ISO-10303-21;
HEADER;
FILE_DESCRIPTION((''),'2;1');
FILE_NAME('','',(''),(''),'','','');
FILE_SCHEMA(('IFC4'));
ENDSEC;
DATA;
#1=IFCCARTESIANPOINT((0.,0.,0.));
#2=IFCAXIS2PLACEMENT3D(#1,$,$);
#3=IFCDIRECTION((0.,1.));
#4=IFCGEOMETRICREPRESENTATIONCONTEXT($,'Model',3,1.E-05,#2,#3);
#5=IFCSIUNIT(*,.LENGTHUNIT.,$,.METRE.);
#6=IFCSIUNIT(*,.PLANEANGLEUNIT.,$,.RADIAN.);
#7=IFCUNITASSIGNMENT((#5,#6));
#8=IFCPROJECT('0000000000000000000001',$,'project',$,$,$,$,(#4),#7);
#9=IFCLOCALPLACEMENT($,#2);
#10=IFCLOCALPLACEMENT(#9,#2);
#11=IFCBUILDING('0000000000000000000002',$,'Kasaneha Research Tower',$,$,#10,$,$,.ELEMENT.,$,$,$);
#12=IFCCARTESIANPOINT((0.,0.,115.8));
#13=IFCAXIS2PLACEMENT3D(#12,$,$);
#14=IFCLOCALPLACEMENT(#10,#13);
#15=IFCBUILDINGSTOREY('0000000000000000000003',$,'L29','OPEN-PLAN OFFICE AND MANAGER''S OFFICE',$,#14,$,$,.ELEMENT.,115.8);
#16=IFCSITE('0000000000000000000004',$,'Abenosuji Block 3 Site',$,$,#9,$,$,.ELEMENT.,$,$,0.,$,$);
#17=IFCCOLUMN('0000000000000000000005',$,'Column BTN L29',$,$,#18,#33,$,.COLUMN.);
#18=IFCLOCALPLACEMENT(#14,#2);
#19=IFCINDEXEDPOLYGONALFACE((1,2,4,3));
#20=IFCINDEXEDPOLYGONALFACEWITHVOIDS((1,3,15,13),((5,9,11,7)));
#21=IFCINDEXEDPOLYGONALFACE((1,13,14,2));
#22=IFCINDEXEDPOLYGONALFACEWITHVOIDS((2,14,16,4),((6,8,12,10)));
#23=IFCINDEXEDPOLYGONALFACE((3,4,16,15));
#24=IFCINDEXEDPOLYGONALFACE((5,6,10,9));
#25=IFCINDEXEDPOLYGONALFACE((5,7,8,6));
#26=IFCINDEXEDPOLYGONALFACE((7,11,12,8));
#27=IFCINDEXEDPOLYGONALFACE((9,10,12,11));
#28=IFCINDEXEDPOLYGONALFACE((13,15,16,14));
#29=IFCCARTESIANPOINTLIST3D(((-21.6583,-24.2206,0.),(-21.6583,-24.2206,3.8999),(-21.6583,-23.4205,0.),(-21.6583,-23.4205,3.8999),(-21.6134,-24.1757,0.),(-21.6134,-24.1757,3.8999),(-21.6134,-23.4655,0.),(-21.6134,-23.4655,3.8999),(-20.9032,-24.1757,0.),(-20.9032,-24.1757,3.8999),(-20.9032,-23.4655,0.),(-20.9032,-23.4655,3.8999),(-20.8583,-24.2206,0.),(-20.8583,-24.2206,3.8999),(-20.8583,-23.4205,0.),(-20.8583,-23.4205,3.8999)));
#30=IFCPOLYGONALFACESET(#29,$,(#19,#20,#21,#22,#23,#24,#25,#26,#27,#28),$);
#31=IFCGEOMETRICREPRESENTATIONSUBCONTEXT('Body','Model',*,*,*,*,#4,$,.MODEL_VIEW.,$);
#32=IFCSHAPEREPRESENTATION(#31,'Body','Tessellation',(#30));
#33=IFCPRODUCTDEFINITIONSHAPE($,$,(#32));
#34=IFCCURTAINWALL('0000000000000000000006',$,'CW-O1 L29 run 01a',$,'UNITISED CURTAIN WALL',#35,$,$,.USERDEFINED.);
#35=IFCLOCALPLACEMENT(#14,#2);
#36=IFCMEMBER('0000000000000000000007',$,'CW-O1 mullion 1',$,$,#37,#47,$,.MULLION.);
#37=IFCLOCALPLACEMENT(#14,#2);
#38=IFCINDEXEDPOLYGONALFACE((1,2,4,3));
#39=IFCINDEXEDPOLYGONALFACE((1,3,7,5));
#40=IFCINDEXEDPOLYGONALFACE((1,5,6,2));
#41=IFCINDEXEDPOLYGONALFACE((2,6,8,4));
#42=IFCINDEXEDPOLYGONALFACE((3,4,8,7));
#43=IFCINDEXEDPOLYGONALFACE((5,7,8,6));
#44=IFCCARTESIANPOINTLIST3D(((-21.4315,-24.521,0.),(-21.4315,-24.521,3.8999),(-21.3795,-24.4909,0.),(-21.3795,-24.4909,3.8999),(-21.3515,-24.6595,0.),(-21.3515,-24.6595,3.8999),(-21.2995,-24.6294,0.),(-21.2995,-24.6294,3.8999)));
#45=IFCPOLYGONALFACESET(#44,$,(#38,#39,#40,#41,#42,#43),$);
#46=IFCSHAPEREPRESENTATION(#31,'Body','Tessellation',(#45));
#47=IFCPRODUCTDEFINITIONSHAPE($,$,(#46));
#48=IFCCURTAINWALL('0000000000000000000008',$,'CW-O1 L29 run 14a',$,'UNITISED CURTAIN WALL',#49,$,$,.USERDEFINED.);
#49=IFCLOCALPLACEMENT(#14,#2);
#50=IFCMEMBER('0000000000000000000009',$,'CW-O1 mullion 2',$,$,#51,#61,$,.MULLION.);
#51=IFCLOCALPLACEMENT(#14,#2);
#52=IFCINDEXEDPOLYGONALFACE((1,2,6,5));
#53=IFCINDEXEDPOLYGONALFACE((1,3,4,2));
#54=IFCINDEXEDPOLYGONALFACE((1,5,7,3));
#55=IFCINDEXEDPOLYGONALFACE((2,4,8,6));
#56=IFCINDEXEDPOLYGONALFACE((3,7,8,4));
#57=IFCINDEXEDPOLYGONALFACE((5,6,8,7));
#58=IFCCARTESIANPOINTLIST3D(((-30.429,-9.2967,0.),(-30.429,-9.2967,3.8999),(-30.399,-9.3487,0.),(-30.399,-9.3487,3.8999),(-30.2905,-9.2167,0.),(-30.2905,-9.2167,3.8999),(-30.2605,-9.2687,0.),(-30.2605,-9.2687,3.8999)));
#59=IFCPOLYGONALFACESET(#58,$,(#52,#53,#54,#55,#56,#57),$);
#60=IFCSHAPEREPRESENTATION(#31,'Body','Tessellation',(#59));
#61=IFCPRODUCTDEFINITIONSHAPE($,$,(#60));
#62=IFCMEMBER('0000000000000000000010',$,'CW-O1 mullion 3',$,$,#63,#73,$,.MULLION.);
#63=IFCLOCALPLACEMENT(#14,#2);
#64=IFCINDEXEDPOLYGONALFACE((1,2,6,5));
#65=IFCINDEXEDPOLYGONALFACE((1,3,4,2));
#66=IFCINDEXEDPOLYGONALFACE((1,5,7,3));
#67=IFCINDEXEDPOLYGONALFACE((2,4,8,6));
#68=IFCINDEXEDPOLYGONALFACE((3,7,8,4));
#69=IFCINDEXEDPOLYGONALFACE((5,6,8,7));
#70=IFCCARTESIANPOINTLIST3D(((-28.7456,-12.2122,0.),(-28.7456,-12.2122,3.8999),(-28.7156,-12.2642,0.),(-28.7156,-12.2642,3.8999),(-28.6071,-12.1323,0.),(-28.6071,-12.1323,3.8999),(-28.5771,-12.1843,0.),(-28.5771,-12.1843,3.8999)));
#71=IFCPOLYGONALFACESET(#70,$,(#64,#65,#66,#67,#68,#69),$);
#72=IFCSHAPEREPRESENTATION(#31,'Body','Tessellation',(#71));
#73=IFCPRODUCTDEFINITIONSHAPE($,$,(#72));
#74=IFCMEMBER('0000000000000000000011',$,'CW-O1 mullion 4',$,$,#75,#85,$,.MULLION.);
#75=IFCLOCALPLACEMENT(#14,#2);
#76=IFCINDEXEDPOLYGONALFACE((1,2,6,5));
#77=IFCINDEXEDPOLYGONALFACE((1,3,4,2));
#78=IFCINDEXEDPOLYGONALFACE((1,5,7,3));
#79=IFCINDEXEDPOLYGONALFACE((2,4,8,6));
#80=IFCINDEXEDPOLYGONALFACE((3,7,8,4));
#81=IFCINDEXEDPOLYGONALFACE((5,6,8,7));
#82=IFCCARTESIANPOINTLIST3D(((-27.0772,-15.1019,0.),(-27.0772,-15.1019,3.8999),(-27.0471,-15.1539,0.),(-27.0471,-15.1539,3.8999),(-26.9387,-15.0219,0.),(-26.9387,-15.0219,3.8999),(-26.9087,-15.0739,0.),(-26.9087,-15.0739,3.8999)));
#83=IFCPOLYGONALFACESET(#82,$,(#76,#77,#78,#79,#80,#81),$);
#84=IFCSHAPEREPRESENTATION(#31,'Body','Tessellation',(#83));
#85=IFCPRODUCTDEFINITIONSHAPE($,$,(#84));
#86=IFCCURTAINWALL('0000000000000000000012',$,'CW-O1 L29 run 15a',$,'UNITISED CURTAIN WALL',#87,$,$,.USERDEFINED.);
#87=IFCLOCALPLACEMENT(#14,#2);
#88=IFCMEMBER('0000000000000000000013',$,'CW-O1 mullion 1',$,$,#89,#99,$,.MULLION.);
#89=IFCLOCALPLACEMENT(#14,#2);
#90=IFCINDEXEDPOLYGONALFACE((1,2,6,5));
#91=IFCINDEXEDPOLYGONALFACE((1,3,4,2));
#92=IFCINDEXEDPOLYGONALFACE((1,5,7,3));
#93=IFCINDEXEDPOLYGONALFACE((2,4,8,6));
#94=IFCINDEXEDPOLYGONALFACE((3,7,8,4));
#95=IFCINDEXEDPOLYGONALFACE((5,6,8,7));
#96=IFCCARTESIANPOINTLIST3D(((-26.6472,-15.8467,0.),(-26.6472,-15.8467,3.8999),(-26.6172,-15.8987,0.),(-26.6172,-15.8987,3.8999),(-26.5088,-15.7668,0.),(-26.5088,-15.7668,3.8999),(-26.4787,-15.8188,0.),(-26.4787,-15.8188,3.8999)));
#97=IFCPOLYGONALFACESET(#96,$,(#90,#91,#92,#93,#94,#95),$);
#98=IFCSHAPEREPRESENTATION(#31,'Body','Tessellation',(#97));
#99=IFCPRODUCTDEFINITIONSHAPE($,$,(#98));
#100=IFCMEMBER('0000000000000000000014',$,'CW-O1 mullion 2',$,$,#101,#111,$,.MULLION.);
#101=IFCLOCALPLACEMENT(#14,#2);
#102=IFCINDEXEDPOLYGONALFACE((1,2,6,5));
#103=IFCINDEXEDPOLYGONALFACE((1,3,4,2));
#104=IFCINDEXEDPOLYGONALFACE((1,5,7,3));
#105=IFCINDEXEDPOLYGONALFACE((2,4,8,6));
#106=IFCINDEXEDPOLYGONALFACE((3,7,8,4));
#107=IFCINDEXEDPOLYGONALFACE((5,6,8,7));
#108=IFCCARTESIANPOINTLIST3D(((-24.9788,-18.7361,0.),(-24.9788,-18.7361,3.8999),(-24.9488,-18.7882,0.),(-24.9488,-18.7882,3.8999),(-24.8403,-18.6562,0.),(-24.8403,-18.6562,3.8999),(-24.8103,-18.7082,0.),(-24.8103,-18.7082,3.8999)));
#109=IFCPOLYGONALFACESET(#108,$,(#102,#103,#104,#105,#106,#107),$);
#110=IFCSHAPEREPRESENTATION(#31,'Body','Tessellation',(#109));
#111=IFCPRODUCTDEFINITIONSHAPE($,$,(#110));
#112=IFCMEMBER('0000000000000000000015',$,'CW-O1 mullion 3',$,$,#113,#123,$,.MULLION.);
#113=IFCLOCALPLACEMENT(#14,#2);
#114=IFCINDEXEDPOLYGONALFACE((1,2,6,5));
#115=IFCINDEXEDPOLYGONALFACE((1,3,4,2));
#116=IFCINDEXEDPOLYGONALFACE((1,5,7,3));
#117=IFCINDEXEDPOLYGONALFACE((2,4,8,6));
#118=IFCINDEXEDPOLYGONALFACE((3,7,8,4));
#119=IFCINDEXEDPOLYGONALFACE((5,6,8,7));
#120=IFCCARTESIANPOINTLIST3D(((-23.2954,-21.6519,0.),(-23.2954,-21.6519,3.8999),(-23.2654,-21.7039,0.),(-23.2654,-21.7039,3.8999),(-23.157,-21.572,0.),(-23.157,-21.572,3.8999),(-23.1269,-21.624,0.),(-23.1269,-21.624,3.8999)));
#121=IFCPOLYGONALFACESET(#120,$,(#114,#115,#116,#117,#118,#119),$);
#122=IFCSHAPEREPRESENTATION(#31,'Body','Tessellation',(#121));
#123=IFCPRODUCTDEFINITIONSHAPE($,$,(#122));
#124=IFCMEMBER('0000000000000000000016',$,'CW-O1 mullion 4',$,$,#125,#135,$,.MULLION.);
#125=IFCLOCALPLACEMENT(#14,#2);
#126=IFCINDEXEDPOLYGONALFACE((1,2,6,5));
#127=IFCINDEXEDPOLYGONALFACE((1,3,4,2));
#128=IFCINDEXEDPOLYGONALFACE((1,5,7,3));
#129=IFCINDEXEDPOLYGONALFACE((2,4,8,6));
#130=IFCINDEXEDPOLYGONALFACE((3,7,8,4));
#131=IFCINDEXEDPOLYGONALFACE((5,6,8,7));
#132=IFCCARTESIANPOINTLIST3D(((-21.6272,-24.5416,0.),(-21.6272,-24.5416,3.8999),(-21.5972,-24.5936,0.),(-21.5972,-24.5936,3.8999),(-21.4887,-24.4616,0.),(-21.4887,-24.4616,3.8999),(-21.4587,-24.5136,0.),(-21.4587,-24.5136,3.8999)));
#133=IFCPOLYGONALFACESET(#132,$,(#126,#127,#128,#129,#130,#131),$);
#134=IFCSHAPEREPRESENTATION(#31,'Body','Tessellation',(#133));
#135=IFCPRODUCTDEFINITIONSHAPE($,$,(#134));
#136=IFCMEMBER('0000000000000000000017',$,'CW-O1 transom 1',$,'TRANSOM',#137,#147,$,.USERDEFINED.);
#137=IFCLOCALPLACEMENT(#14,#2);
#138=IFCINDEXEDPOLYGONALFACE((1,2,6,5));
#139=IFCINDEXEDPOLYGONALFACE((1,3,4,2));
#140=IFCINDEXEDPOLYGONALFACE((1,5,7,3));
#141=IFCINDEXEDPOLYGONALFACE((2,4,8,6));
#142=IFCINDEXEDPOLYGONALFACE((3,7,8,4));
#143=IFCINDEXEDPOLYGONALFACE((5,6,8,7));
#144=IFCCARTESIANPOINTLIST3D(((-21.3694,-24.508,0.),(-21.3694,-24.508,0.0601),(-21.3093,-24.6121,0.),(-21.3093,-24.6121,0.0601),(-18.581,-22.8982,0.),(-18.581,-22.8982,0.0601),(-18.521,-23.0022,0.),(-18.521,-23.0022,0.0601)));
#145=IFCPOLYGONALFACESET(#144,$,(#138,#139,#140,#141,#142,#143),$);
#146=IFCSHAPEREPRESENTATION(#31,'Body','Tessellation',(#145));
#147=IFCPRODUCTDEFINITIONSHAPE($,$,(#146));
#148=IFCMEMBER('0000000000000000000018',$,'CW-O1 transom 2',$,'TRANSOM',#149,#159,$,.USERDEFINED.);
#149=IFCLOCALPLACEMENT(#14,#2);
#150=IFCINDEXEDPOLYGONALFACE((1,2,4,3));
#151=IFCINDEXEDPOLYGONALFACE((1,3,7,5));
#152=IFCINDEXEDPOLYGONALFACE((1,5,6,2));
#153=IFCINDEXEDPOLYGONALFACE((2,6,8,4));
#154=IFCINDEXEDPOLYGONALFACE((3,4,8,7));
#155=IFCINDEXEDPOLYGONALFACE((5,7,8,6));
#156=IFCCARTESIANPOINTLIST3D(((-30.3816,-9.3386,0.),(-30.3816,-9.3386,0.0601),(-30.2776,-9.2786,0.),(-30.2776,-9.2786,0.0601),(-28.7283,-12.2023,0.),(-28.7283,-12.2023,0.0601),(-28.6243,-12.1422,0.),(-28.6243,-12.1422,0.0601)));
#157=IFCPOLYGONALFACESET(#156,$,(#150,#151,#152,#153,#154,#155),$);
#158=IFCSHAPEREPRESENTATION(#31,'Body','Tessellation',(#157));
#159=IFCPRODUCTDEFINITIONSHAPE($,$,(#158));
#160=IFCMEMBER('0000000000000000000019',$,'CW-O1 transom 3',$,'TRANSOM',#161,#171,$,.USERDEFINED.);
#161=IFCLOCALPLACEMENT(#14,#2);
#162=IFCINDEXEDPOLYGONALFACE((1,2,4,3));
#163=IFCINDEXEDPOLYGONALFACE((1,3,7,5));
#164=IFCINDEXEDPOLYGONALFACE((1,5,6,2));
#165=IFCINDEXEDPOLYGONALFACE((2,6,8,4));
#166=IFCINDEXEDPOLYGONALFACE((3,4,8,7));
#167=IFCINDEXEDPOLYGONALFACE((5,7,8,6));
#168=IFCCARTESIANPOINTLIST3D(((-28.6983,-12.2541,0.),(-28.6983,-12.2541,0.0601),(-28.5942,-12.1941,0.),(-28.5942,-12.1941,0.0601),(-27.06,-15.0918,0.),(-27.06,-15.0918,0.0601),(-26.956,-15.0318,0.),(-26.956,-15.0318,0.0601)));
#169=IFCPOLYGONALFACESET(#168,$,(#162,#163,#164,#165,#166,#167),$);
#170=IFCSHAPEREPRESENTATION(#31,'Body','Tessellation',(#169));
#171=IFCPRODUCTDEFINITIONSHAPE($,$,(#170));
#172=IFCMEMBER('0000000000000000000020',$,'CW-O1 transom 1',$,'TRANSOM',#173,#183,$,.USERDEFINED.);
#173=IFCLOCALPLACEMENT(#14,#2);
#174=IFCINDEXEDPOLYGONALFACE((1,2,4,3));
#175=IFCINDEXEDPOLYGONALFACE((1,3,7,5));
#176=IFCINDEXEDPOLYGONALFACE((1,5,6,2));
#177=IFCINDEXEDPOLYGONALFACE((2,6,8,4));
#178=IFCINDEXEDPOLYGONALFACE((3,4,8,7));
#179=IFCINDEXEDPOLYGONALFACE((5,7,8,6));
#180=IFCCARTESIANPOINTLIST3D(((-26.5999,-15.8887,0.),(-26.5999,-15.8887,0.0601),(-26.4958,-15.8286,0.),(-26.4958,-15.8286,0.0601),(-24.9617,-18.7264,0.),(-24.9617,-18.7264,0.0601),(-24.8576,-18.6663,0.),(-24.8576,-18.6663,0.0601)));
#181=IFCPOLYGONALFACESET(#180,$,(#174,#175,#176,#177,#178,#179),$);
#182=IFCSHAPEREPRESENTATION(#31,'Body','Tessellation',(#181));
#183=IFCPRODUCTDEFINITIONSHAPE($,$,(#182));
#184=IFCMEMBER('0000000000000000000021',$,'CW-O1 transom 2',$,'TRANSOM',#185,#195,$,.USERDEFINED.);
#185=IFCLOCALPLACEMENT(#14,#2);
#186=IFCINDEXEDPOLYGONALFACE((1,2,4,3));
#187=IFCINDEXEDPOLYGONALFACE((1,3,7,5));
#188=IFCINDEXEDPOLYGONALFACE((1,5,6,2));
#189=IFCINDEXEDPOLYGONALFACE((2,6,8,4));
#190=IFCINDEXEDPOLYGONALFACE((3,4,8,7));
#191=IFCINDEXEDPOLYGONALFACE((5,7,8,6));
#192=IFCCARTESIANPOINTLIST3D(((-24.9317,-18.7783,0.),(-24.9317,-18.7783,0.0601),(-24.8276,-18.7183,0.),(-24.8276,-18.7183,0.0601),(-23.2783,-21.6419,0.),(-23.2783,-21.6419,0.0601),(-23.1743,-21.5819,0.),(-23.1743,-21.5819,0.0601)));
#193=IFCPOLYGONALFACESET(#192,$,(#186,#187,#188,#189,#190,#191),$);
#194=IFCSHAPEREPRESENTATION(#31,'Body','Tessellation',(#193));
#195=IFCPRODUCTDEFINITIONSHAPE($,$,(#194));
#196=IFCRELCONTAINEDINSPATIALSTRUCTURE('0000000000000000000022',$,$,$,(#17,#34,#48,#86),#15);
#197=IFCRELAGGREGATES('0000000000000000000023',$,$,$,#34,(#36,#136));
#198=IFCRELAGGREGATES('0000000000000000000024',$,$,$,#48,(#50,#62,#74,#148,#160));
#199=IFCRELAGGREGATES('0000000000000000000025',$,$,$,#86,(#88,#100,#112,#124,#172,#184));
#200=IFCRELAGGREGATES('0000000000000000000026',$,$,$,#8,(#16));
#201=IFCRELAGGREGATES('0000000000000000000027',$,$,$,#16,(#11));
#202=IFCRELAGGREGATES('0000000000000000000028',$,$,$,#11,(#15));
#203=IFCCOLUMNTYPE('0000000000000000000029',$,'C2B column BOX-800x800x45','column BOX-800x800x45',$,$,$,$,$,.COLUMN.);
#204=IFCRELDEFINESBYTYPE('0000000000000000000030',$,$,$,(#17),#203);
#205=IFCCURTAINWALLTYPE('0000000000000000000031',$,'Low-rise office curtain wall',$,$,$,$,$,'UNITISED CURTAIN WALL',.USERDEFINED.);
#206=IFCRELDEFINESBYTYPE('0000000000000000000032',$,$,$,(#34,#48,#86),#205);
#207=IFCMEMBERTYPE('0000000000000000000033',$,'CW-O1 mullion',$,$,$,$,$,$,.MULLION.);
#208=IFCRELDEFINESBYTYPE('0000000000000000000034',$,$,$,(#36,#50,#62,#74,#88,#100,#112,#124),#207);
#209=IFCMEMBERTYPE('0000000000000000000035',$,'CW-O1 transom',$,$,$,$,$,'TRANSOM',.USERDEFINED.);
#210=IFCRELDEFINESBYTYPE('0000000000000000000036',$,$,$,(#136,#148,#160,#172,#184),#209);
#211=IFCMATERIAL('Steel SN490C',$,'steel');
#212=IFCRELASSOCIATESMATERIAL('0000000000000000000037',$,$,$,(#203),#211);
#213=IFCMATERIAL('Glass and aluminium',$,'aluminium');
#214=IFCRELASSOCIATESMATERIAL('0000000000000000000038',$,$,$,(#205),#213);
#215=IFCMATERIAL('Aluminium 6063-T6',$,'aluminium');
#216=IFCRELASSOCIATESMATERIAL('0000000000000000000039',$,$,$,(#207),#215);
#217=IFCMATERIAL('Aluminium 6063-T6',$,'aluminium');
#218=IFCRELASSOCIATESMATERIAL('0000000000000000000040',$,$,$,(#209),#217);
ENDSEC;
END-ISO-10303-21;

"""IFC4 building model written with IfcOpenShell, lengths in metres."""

from ifc_helpers import new_model, si_unit, direction, frame, origin, origin_2d, place, context, subcontext, project, spatial, rectangle, hollow_rectangle, extrude, material, material_profile, profile_set, type_object, element, aggregate, save


model = new_model("IFC4")

# Units and contexts
model_context = context("Model", 3, precision=1e-05, world=origin(), true_north=direction((0.0, 1.0)))
body_context = subcontext(model_context, "Body", "Model", "MODEL_VIEW")
ifc_project = project(units=[si_unit("LENGTHUNIT", "METRE"), si_unit("PLANEANGLEUNIT", "RADIAN")], contexts=[model_context])

# Site, building, storey
site_placement = place(None, origin())
site = spatial("IfcSite", under=ifc_project, at=site_placement, Name="Abenosuji Block 3 Site", CompositionType="ELEMENT", RefElevation=0.0)
building_placement = place(site_placement, origin())
building = spatial("IfcBuilding", under=site, at=building_placement, Name="Kasaneha Research Tower", CompositionType="ELEMENT")
storey_placement = place(building_placement, frame((0.0, 0.0, 115.8)))
storey = spatial("IfcBuildingStorey", under=building, at=storey_placement, Name="L29", Description="OPEN-PLAN OFFICE AND MANAGER'S OFFICE", CompositionType="ELEMENT", Elevation=115.8)

# Column
ifc_material_1 = material(Name="Steel SN490C", Category="steel")
ifc_material_profile_1 = material_profile(ifc_material_1, hollow_rectangle(XDim=0.8, YDim=0.8, WallThickness=0.0449, at=origin_2d()), Name="BOX-800x800x45")
ifc_profile_set_1 = profile_set([ifc_material_profile_1], Name="Steel SN490C")
column_type = type_object("IfcColumnType", Name="C2B column BOX-800x800x45", Description="column BOX-800x800x45", PredefinedType="COLUMN", material=ifc_profile_set_1)
column_placement = place(storey_placement, frame((-21.2583, -23.8206, 0.0), z_axis=(0.0, 0.0, 1.0), x_axis=(1.0, 0.0, 0.0)))
element("IfcColumn", 1, at=column_placement, inside=storey, type_object=column_type, Name="Column BTN L29", PredefinedType="COLUMN", context=body_context, shape_type="SweptSolid", body=[
    extrude(hollow_rectangle(XDim=0.8, YDim=0.8, WallThickness=0.0449, at=origin_2d()), origin(), (0.0, 0.0, 1.0), 3.8999),
])

# Curtain wall, member
ifc_material_2 = material(Name="Glass and aluminium", Category="aluminium")
curtain_wall_type = type_object("IfcCurtainWallType", Name="Low-rise office curtain wall", ElementType="UNITISED CURTAIN WALL", PredefinedType="USERDEFINED", material=ifc_material_2)
curtain_wall_1_placement = place(storey_placement, origin())
curtain_wall_1 = element("IfcCurtainWall", 2, at=curtain_wall_1_placement, inside=storey, type_object=curtain_wall_type, Name="CW-O1 L29 run 01a", ObjectType="UNITISED CURTAIN WALL", PredefinedType="USERDEFINED")
ifc_material_3 = material(Name="Aluminium 6063-T6", Category="aluminium")
ifc_material_profile_2 = material_profile(ifc_material_3, rectangle(XDim=0.0601, YDim=0.1599, at=origin_2d()), Name="CW-O1 mullion 60x160")
ifc_profile_set_2 = profile_set([ifc_material_profile_2], Name="Aluminium 6063-T6")
member_type_1 = type_object("IfcMemberType", Name="CW-O1 mullion", PredefinedType="MULLION", material=ifc_profile_set_2)
member_1_placement = place(storey_placement, frame((-21.3655, -24.5752, 0.0), z_axis=(0.0, 0.0, 1.0), x_axis=(0.866025, 0.5, 0.0)))
member_1 = element("IfcMember", 3, at=member_1_placement, type_object=member_type_1, Name="CW-O1 mullion 1", PredefinedType="MULLION", context=body_context, shape_type="SweptSolid", body=[
    extrude(rectangle(XDim=0.0601, YDim=0.1599, at=origin_2d()), origin(), (0.0, 0.0, 1.0), 3.8999),
])

# Curtain walls, members
curtain_wall_2_placement = place(storey_placement, origin())
curtain_wall_2 = element("IfcCurtainWall", 4, at=curtain_wall_2_placement, inside=storey, type_object=curtain_wall_type, Name="CW-O1 L29 run 14a", ObjectType="UNITISED CURTAIN WALL", PredefinedType="USERDEFINED")
member_2_placement = place(storey_placement, frame((-30.3447, -9.2827, 0.0), z_axis=(0.0, 0.0, 1.0), x_axis=(0.5, -0.866025, 0.0)))
member_2 = element("IfcMember", 5, at=member_2_placement, type_object=member_type_1, Name="CW-O1 mullion 2", PredefinedType="MULLION", context=body_context, shape_type="SweptSolid", body=[
    extrude(rectangle(XDim=0.0601, YDim=0.1599, at=origin_2d()), origin(), (0.0, 0.0, 1.0), 3.8999),
])
member_3_placement = place(storey_placement, frame((-28.6614, -12.1982, 0.0), z_axis=(0.0, 0.0, 1.0), x_axis=(0.5, -0.866025, 0.0)))
member_3 = element("IfcMember", 6, at=member_3_placement, type_object=member_type_1, Name="CW-O1 mullion 3", PredefinedType="MULLION", context=body_context, shape_type="SweptSolid", body=[
    extrude(rectangle(XDim=0.0601, YDim=0.1599, at=origin_2d()), origin(), (0.0, 0.0, 1.0), 3.8999),
])
member_4_placement = place(storey_placement, frame((-26.9929, -15.0879, 0.0), z_axis=(0.0, 0.0, 1.0), x_axis=(0.5, -0.866025, 0.0)))
member_4 = element("IfcMember", 7, at=member_4_placement, type_object=member_type_1, Name="CW-O1 mullion 4", PredefinedType="MULLION", context=body_context, shape_type="SweptSolid", body=[
    extrude(rectangle(XDim=0.0601, YDim=0.1599, at=origin_2d()), origin(), (0.0, 0.0, 1.0), 3.8999),
])
curtain_wall_3_placement = place(storey_placement, origin())
curtain_wall_3 = element("IfcCurtainWall", 8, at=curtain_wall_3_placement, inside=storey, type_object=curtain_wall_type, Name="CW-O1 L29 run 15a", ObjectType="UNITISED CURTAIN WALL", PredefinedType="USERDEFINED")
member_5_placement = place(storey_placement, frame((-26.563, -15.8328, 0.0), z_axis=(0.0, 0.0, 1.0), x_axis=(0.5, -0.866025, 0.0)))
member_5 = element("IfcMember", 9, at=member_5_placement, type_object=member_type_1, Name="CW-O1 mullion 1", PredefinedType="MULLION", context=body_context, shape_type="SweptSolid", body=[
    extrude(rectangle(XDim=0.0601, YDim=0.1599, at=origin_2d()), origin(), (0.0, 0.0, 1.0), 3.8999),
])
member_6_placement = place(storey_placement, frame((-24.8945, -18.7222, 0.0), z_axis=(0.0, 0.0, 1.0), x_axis=(0.5, -0.866025, 0.0)))
member_6 = element("IfcMember", 10, at=member_6_placement, type_object=member_type_1, Name="CW-O1 mullion 2", PredefinedType="MULLION", context=body_context, shape_type="SweptSolid", body=[
    extrude(rectangle(XDim=0.0601, YDim=0.1599, at=origin_2d()), origin(), (0.0, 0.0, 1.0), 3.8999),
])
member_7_placement = place(storey_placement, frame((-23.2112, -21.6379, 0.0), z_axis=(0.0, 0.0, 1.0), x_axis=(0.5, -0.866025, 0.0)))
member_7 = element("IfcMember", 11, at=member_7_placement, type_object=member_type_1, Name="CW-O1 mullion 3", PredefinedType="MULLION", context=body_context, shape_type="SweptSolid", body=[
    extrude(rectangle(XDim=0.0601, YDim=0.1599, at=origin_2d()), origin(), (0.0, 0.0, 1.0), 3.8999),
])
member_8_placement = place(storey_placement, frame((-21.543, -24.5276, 0.0), z_axis=(0.0, 0.0, 1.0), x_axis=(0.5, -0.866025, 0.0)))
member_8 = element("IfcMember", 12, at=member_8_placement, type_object=member_type_1, Name="CW-O1 mullion 4", PredefinedType="MULLION", context=body_context, shape_type="SweptSolid", body=[
    extrude(rectangle(XDim=0.0601, YDim=0.1599, at=origin_2d()), origin(), (0.0, 0.0, 1.0), 3.8999),
])

# Members
ifc_material_4 = material(Name="Aluminium 6063-T6", Category="aluminium")
ifc_material_profile_3 = material_profile(ifc_material_4, rectangle(XDim=0.1201, YDim=0.0601, at=origin_2d()), Name="CW-O1 transom 120x60")
ifc_profile_set_3 = profile_set([ifc_material_profile_3], Name="Aluminium 6063-T6")
member_type_2 = type_object("IfcMemberType", Name="CW-O1 transom", ElementType="TRANSOM", PredefinedType="USERDEFINED", material=ifc_profile_set_3)
member_9_placement = place(storey_placement, frame((-21.3394, -24.5601, 0.03), z_axis=(0.866023, 0.500005, 0.0), x_axis=(-0.500005, 0.866023, 0.0)))
member_9 = element("IfcMember", 13, at=member_9_placement, type_object=member_type_2, Name="CW-O1 transom 1", ObjectType="TRANSOM", PredefinedType="USERDEFINED", context=body_context, shape_type="SweptSolid", body=[
    extrude(rectangle(XDim=0.1201, YDim=0.0601, at=origin_2d()), origin(), (0.0, 0.0, 1.0), 3.2197),
])
member_10_placement = place(storey_placement, frame((-30.3296, -9.3086, 0.03), z_axis=(0.499982, -0.866036, 0.0), x_axis=(0.866036, 0.499982, 0.0)))
member_10 = element("IfcMember", 14, at=member_10_placement, type_object=member_type_2, Name="CW-O1 transom 2", ObjectType="TRANSOM", PredefinedType="USERDEFINED", context=body_context, shape_type="SweptSolid", body=[
    extrude(rectangle(XDim=0.1201, YDim=0.0601, at=origin_2d()), origin(), (0.0, 0.0, 1.0), 3.3066),
])
member_11_placement = place(storey_placement, frame((-28.6462, -12.2241, 0.03), z_axis=(0.49997, -0.866043, 0.0), x_axis=(0.866043, 0.49997, 0.0)))
member_11 = element("IfcMember", 15, at=member_11_placement, type_object=member_type_2, Name="CW-O1 transom 3", ObjectType="TRANSOM", PredefinedType="USERDEFINED", context=body_context, shape_type="SweptSolid", body=[
    extrude(rectangle(XDim=0.1201, YDim=0.0601, at=origin_2d()), origin(), (0.0, 0.0, 1.0), 3.2766),
])
member_12_placement = place(storey_placement, frame((-26.5479, -15.8586, 0.03), z_axis=(0.49997, -0.866043, 0.0), x_axis=(0.866043, 0.49997, 0.0)))
member_12 = element("IfcMember", 16, at=member_12_placement, type_object=member_type_2, Name="CW-O1 transom 1", ObjectType="TRANSOM", PredefinedType="USERDEFINED", context=body_context, shape_type="SweptSolid", body=[
    extrude(rectangle(XDim=0.1201, YDim=0.0601, at=origin_2d()), origin(), (0.0, 0.0, 1.0), 3.2766),
])
member_13_placement = place(storey_placement, frame((-24.8796, -18.7483, 0.03), z_axis=(0.500014, -0.866017, 0.0), x_axis=(0.866017, 0.500014, 0.0)))
member_13 = element("IfcMember", 17, at=member_13_placement, type_object=member_type_2, Name="CW-O1 transom 2", ObjectType="TRANSOM", PredefinedType="USERDEFINED", context=body_context, shape_type="SweptSolid", body=[
    extrude(rectangle(XDim=0.1201, YDim=0.0601, at=origin_2d()), origin(), (0.0, 0.0, 1.0), 3.3066),
])

aggregate(curtain_wall_1, [member_1, member_9])
aggregate(curtain_wall_2, [member_2, member_3, member_4, member_10, member_11])
aggregate(curtain_wall_3, [member_5, member_6, member_7, member_8, member_12, member_13])

save(model, "model.ifc")
